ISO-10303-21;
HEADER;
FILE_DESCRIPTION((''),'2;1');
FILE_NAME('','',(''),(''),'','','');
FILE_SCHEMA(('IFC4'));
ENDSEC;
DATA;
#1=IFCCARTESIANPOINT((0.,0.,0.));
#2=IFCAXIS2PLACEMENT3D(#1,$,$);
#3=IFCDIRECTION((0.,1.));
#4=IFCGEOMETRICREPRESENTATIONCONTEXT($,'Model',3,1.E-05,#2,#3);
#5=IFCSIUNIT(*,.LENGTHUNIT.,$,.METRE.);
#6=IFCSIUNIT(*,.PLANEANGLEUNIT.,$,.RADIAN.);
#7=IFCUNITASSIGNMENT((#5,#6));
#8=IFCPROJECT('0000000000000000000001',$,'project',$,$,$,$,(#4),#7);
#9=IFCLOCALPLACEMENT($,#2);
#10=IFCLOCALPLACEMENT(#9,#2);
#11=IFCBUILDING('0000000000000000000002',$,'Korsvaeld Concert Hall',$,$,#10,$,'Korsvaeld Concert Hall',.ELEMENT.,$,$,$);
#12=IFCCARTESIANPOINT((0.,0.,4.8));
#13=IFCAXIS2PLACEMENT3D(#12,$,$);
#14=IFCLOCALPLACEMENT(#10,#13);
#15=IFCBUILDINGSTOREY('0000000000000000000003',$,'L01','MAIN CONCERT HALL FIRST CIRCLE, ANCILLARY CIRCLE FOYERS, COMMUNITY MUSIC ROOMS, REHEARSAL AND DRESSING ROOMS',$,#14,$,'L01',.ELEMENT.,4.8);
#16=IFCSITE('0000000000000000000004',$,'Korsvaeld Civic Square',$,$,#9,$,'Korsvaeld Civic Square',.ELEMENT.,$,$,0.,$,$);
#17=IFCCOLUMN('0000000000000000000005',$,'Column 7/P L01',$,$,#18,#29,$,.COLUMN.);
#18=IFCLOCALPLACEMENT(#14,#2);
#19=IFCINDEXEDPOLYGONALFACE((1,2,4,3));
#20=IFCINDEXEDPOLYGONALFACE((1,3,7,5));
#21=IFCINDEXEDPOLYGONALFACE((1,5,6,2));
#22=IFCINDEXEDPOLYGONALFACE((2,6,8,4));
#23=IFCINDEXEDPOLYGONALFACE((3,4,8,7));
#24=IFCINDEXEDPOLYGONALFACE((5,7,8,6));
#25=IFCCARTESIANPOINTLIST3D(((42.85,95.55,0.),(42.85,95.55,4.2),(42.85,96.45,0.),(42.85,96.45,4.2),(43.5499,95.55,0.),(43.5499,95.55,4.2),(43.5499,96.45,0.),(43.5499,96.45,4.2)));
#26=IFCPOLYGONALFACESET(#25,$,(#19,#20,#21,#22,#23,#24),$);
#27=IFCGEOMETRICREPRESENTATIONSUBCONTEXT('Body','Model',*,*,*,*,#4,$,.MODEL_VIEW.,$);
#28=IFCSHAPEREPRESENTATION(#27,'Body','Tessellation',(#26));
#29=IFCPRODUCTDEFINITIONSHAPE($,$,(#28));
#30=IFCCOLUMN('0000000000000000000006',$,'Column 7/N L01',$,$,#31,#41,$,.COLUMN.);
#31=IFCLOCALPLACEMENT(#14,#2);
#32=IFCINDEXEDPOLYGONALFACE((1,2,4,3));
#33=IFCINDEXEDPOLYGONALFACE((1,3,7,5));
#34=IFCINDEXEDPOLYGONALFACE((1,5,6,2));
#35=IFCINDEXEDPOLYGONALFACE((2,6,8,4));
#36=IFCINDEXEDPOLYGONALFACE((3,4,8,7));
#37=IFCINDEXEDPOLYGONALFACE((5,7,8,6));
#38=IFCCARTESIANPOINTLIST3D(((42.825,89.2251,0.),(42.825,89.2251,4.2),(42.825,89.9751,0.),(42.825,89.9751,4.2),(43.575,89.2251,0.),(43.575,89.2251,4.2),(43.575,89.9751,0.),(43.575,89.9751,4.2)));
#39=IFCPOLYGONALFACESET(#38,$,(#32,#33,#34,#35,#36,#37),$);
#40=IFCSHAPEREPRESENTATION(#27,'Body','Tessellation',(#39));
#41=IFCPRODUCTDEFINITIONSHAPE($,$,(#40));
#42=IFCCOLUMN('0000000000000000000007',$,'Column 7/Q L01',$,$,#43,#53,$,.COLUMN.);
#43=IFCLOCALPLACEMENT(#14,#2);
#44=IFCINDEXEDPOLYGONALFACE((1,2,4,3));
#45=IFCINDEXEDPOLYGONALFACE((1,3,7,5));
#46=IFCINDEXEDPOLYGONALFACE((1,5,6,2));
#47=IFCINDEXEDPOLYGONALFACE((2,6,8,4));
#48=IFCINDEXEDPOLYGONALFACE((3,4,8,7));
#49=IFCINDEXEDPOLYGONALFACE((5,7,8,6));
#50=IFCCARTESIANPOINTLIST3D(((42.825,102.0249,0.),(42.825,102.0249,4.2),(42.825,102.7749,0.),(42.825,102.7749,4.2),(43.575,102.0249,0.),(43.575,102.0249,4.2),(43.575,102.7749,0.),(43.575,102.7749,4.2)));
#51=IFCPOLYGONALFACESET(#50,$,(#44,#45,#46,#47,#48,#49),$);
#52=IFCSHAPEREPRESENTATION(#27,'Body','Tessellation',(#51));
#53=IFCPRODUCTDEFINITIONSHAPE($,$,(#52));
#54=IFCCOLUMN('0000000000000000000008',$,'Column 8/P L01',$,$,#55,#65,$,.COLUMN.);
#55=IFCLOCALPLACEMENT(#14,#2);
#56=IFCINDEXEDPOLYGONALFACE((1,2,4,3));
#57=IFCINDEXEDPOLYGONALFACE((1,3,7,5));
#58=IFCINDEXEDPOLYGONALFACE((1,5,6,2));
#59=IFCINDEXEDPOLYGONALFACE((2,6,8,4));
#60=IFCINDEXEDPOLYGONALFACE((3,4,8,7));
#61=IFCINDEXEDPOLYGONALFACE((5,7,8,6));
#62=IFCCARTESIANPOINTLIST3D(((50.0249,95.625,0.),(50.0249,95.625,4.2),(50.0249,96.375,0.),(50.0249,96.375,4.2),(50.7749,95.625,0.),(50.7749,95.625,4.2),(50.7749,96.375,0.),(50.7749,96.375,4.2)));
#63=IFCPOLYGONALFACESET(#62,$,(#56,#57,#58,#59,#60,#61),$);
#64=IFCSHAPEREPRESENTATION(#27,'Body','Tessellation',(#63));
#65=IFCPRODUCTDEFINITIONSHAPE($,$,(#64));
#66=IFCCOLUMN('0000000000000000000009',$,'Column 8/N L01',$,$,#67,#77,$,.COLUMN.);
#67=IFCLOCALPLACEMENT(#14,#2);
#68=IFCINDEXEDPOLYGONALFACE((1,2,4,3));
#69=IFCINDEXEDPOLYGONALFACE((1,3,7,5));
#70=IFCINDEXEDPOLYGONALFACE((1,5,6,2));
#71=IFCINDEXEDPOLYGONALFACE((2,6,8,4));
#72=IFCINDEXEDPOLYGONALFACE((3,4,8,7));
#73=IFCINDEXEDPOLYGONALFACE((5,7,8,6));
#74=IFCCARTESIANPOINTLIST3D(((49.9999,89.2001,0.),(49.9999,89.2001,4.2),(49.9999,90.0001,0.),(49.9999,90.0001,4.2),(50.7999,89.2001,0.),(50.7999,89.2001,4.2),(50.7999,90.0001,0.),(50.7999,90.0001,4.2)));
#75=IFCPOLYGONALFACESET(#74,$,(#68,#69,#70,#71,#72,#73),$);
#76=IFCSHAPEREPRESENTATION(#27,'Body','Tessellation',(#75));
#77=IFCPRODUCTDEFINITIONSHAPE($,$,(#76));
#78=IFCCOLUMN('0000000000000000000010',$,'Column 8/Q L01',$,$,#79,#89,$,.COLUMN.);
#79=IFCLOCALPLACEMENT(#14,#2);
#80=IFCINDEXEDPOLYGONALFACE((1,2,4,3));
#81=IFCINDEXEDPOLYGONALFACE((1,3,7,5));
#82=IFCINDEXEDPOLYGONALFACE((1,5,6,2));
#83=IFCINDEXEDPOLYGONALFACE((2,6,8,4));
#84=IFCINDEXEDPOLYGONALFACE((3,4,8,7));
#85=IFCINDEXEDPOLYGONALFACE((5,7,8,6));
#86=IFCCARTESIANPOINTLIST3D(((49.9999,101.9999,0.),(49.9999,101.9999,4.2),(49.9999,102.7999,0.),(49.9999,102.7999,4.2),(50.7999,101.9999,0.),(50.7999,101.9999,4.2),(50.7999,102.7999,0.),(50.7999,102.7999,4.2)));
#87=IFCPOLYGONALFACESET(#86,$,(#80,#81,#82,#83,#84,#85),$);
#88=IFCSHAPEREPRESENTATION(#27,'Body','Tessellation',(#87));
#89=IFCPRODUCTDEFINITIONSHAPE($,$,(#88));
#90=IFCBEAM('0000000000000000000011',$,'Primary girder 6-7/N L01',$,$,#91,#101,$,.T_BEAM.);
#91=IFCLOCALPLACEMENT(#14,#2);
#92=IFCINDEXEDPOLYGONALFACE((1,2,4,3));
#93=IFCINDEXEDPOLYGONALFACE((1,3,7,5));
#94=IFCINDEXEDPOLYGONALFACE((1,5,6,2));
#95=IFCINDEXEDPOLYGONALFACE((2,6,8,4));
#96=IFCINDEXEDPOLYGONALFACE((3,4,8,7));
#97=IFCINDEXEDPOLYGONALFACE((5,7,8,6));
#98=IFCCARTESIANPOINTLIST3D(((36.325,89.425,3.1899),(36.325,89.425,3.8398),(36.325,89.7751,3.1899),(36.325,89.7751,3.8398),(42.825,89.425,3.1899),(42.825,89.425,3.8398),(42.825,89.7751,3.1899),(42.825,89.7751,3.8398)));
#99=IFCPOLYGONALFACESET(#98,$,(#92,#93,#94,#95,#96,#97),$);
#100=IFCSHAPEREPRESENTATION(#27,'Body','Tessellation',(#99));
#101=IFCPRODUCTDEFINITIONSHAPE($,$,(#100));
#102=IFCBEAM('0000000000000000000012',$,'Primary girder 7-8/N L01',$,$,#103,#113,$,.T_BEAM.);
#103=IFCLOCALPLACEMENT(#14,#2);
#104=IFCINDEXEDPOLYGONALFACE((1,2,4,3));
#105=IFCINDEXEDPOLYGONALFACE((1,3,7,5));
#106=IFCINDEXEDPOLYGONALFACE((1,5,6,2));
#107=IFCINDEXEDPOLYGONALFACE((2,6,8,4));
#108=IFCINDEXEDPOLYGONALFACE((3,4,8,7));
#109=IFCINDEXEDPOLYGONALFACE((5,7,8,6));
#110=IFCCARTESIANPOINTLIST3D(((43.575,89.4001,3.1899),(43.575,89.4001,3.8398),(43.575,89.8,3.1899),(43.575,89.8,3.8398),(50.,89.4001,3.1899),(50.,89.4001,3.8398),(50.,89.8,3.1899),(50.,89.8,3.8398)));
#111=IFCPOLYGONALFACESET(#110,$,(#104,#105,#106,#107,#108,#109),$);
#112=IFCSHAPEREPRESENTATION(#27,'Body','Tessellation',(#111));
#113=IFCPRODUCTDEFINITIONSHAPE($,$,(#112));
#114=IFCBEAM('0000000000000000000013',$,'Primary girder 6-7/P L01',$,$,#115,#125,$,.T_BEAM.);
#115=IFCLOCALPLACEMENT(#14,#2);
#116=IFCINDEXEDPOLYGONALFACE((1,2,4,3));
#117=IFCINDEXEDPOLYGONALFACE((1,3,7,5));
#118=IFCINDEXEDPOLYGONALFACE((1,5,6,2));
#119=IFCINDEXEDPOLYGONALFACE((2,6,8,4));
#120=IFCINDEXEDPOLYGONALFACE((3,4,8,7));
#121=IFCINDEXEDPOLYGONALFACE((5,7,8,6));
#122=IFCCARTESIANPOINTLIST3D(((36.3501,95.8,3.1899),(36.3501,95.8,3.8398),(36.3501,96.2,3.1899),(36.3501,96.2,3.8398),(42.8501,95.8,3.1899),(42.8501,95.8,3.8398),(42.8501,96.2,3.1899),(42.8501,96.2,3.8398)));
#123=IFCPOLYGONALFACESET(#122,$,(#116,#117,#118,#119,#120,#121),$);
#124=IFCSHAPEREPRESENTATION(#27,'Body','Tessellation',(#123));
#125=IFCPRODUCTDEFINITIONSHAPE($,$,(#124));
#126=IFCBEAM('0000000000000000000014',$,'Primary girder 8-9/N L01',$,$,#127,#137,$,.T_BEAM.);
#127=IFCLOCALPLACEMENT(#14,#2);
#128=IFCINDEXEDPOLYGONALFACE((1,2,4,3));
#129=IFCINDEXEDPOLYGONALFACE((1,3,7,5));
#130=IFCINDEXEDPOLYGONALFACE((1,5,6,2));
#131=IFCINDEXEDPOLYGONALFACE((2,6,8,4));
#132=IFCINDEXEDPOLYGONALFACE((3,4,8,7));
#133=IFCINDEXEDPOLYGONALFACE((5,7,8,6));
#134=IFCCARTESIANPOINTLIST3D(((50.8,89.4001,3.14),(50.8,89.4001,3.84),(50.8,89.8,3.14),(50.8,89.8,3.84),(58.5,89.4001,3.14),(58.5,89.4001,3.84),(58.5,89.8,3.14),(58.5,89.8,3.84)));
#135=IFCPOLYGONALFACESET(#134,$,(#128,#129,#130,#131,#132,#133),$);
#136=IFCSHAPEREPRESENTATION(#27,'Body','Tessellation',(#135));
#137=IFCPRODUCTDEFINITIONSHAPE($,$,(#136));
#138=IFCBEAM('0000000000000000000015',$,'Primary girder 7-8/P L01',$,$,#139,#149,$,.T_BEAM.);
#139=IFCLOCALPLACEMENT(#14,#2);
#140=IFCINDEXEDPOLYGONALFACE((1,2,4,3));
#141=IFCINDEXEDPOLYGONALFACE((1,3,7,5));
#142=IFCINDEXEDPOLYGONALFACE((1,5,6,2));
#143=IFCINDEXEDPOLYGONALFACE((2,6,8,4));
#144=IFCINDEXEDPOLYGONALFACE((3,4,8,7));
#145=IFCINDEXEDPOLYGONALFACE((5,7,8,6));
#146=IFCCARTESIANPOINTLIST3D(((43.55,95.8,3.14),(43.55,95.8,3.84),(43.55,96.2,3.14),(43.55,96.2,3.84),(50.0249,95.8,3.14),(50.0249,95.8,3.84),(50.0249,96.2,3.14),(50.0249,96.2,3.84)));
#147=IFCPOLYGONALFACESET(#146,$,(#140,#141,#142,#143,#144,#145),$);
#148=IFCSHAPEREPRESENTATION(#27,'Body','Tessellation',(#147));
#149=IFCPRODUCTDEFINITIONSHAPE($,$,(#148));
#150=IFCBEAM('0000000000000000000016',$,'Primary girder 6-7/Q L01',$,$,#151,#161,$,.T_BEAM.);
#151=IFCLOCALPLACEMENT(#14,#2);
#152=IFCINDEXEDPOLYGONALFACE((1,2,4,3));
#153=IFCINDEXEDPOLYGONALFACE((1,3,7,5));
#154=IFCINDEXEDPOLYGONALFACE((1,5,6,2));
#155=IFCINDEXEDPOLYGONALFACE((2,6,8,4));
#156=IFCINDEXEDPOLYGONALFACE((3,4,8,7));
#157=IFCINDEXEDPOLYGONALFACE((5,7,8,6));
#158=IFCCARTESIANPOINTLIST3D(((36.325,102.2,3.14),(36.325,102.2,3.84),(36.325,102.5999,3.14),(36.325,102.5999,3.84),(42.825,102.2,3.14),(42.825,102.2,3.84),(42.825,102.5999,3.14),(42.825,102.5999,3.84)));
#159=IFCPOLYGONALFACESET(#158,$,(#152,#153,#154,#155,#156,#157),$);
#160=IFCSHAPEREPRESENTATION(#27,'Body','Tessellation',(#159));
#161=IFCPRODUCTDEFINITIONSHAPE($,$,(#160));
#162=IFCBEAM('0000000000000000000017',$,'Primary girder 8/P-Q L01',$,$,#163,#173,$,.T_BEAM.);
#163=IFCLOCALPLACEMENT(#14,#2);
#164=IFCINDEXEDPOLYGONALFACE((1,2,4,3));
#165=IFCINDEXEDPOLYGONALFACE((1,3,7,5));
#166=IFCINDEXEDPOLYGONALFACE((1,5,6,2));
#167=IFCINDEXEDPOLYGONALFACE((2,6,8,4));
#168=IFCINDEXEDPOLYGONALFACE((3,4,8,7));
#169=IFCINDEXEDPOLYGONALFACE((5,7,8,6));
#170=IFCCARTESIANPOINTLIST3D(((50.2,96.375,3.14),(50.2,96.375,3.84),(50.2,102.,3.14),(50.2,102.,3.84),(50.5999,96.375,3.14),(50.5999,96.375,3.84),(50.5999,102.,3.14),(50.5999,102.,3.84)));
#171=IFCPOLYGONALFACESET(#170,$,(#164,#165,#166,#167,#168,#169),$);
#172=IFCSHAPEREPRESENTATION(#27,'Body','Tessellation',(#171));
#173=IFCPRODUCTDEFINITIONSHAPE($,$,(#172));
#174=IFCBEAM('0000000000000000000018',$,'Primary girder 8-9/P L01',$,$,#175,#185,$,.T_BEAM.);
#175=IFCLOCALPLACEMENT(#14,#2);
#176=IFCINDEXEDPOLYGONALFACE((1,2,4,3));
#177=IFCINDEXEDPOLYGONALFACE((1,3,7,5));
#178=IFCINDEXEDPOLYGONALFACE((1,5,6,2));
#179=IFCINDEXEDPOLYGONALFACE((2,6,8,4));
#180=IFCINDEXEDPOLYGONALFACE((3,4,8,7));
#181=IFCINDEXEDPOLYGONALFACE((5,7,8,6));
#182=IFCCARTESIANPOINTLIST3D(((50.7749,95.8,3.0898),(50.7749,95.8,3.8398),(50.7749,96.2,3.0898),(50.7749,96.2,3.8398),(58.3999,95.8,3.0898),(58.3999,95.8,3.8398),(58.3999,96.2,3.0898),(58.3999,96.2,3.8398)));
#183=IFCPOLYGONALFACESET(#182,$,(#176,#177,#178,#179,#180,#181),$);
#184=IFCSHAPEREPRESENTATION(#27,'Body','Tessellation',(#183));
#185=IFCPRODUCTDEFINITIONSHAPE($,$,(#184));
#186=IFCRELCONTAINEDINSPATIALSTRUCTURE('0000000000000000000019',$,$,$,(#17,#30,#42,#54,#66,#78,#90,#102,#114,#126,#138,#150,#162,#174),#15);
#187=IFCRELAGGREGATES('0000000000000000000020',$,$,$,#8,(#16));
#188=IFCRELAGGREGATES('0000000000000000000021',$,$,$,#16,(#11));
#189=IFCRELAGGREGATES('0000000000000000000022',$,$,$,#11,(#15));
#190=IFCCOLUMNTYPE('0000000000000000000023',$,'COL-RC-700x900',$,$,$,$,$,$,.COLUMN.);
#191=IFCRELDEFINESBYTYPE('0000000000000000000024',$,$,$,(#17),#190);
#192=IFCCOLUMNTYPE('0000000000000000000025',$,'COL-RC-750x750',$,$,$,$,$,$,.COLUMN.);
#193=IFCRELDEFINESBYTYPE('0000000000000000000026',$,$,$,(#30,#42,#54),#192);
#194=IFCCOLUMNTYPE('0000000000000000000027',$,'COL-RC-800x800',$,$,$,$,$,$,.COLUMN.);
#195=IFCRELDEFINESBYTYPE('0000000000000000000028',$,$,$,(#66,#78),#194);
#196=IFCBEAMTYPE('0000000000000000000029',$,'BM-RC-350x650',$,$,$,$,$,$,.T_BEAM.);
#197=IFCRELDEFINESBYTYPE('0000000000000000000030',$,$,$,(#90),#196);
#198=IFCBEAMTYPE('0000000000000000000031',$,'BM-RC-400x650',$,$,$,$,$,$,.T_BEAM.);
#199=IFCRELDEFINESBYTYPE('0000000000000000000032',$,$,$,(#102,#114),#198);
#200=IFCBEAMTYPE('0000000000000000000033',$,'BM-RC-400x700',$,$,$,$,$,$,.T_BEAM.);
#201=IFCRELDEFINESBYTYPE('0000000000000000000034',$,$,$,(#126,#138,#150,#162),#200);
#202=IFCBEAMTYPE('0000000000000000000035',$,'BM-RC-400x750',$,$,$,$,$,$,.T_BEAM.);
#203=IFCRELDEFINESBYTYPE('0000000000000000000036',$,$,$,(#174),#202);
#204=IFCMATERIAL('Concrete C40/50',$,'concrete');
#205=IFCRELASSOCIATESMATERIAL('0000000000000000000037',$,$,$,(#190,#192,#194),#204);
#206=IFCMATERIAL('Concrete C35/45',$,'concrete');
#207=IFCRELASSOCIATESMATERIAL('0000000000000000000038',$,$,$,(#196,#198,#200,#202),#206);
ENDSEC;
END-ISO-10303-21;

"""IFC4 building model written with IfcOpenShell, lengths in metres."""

from ifc_helpers import new_model, si_unit, direction, frame, origin, origin_2d, place, context, subcontext, project, spatial, rectangle, extrude, material, material_profile, profile_set, type_object, element, save


model = new_model("IFC4")

# Units and contexts
model_context = context("Model", 3, precision=1e-05, world=origin(), true_north=direction((0.0, 1.0)))
body_context = subcontext(model_context, "Body", "Model", "MODEL_VIEW")
ifc_project = project(units=[si_unit("LENGTHUNIT", "METRE"), si_unit("PLANEANGLEUNIT", "RADIAN")], contexts=[model_context])

# Site, building, storey
site_placement = place(None, origin())
site = spatial("IfcSite", under=ifc_project, at=site_placement, Name="Korsvaeld Civic Square", LongName="Korsvaeld Civic Square", CompositionType="ELEMENT", RefElevation=0.0)
building_placement = place(site_placement, origin())
building = spatial("IfcBuilding", under=site, at=building_placement, Name="Korsvaeld Concert Hall", LongName="Korsvaeld Concert Hall", CompositionType="ELEMENT")
storey_placement = place(building_placement, frame((0.0, 0.0, 4.8)))
storey = spatial("IfcBuildingStorey", under=building, at=storey_placement, Name="L01", Description="MAIN CONCERT HALL FIRST CIRCLE, ANCILLARY CIRCLE FOYERS, COMMUNITY MUSIC ROOMS, REHEARSAL AND DRESSING ROOMS", LongName="L01", CompositionType="ELEMENT", Elevation=4.8)

# Columns
ifc_material_1 = material(Name="Concrete C40/50", Category="concrete")
ifc_material_profile_1 = material_profile(ifc_material_1, rectangle(XDim=0.7, YDim=0.8999, at=origin_2d()), Name="RC 700x900")
ifc_profile_set_1 = profile_set([ifc_material_profile_1], Name="Concrete C40/50")
column_type_1 = type_object("IfcColumnType", Name="COL-RC-700x900", PredefinedType="COLUMN", material=ifc_profile_set_1)
column_placement = place(storey_placement, frame((43.2, 96.0, 0.0), z_axis=(0.0, 0.0, 1.0), x_axis=(1.0, 0.0, 0.0)))
element("IfcColumn", 1, at=column_placement, inside=storey, type_object=column_type_1, Name="Column 7/P L01", PredefinedType="COLUMN", context=body_context, shape_type="SweptSolid", body=[
    extrude(rectangle(XDim=0.7, YDim=0.8999, at=origin_2d()), origin(), (0.0, 0.0, 1.0), 4.2),
])
ifc_material_profile_2 = material_profile(ifc_material_1, rectangle(XDim=0.75, YDim=0.75, at=origin_2d()), Name="RC 750x750")
ifc_profile_set_2 = profile_set([ifc_material_profile_2], Name="Concrete C40/50")
column_type_2 = type_object("IfcColumnType", Name="COL-RC-750x750", PredefinedType="COLUMN", material=ifc_profile_set_2)
for number, where, z_axis, x_axis, name in (
    (2, (43.2, 89.6001, 0.0), (0.0, 0.0, 1.0), (1.0, 0.0, 0.0), "Column 7/N L01"),
    (3, (43.2, 102.3999, 0.0), (0.0, 0.0, 1.0), (1.0, 0.0, 0.0), "Column 7/Q L01"),
    (4, (50.3999, 96.0, 0.0), (0.0, 0.0, 1.0), (1.0, 0.0, 0.0), "Column 8/P L01"),
):
    element("IfcColumn", number, at=place(storey_placement, frame(where, z_axis=z_axis, x_axis=x_axis)), inside=storey, type_object=column_type_2, Name=name, PredefinedType="COLUMN", context=body_context, shape_type="SweptSolid", body=[
        extrude(rectangle(XDim=0.75, YDim=0.75, at=origin_2d()), origin(), (0.0, 0.0, 1.0), 4.2),
    ])
ifc_material_profile_3 = material_profile(ifc_material_1, rectangle(XDim=0.8, YDim=0.8, at=origin_2d()), Name="RC 800x800")
ifc_profile_set_3 = profile_set([ifc_material_profile_3], Name="Concrete C40/50")
column_type_3 = type_object("IfcColumnType", Name="COL-RC-800x800", PredefinedType="COLUMN", material=ifc_profile_set_3)
for number, where, z_axis, x_axis, name in (
    (5, (50.3999, 89.6001, 0.0), (0.0, 0.0, 1.0), (1.0, 0.0, 0.0), "Column 8/N L01"),
    (6, (50.3999, 102.3999, 0.0), (0.0, 0.0, 1.0), (1.0, 0.0, 0.0), "Column 8/Q L01"),
):
    element("IfcColumn", number, at=place(storey_placement, frame(where, z_axis=z_axis, x_axis=x_axis)), inside=storey, type_object=column_type_3, Name=name, PredefinedType="COLUMN", context=body_context, shape_type="SweptSolid", body=[
        extrude(rectangle(XDim=0.8, YDim=0.8, at=origin_2d()), origin(), (0.0, 0.0, 1.0), 4.2),
    ])

# Beams
ifc_material_2 = material(Name="Concrete C35/45", Category="concrete")
ifc_material_profile_4 = material_profile(ifc_material_2, rectangle(XDim=0.3501, YDim=0.6499, at=origin_2d()), Name="RC 350x650")
ifc_profile_set_4 = profile_set([ifc_material_profile_4], Name="Concrete C35/45")
beam_type_1 = type_object("IfcBeamType", Name="BM-RC-350x650", PredefinedType="T_BEAM", material=ifc_profile_set_4)
beam_1_placement = place(storey_placement, frame((36.325, 89.6001, 3.5149), z_axis=(1.0, 0.0, 0.0), x_axis=(0.0, 1.0, 0.0)))
element("IfcBeam", 7, at=beam_1_placement, inside=storey, type_object=beam_type_1, Name="Primary girder 6-7/N L01", PredefinedType="T_BEAM", context=body_context, shape_type="SweptSolid", body=[
    extrude(rectangle(XDim=0.3501, YDim=0.6499, at=origin_2d()), origin(), (0.0, 0.0, 1.0), 6.5),
])
ifc_material_profile_5 = material_profile(ifc_material_2, rectangle(XDim=0.3999, YDim=0.6499, at=origin_2d()), Name="RC 400x650")
ifc_profile_set_5 = profile_set([ifc_material_profile_5], Name="Concrete C35/45")
beam_type_2 = type_object("IfcBeamType", Name="BM-RC-400x650", PredefinedType="T_BEAM", material=ifc_profile_set_5)
beam_2_placement = place(storey_placement, frame((43.575, 89.6001, 3.5149), z_axis=(1.0, 0.0, 0.0), x_axis=(0.0, 1.0, 0.0)))
element("IfcBeam", 8, at=beam_2_placement, inside=storey, type_object=beam_type_2, Name="Primary girder 7-8/N L01", PredefinedType="T_BEAM", context=body_context, shape_type="SweptSolid", body=[
    extrude(rectangle(XDim=0.3999, YDim=0.6499, at=origin_2d()), origin(), (0.0, 0.0, 1.0), 6.425),
])
beam_3_placement = place(storey_placement, frame((36.3501, 96.0, 3.5149), z_axis=(1.0, 0.0, 0.0), x_axis=(0.0, 1.0, 0.0)))
element("IfcBeam", 9, at=beam_3_placement, inside=storey, type_object=beam_type_2, Name="Primary girder 6-7/P L01", PredefinedType="T_BEAM", context=body_context, shape_type="SweptSolid", body=[
    extrude(rectangle(XDim=0.3999, YDim=0.6499, at=origin_2d()), origin(), (0.0, 0.0, 1.0), 6.5),
])
ifc_material_profile_6 = material_profile(ifc_material_2, rectangle(XDim=0.3999, YDim=0.7, at=origin_2d()), Name="RC 400x700")
ifc_profile_set_6 = profile_set([ifc_material_profile_6], Name="Concrete C35/45")
beam_type_3 = type_object("IfcBeamType", Name="BM-RC-400x700", PredefinedType="T_BEAM", material=ifc_profile_set_6)
beam_4_placement = place(storey_placement, frame((50.8, 89.6001, 3.49), z_axis=(1.0, 0.0, 0.0), x_axis=(0.0, 1.0, 0.0)))
element("IfcBeam", 10, at=beam_4_placement, inside=storey, type_object=beam_type_3, Name="Primary girder 8-9/N L01", PredefinedType="T_BEAM", context=body_context, shape_type="SweptSolid", body=[
    extrude(rectangle(XDim=0.3999, YDim=0.7, at=origin_2d()), origin(), (0.0, 0.0, 1.0), 7.7),
])
beam_5_placement = place(storey_placement, frame((43.55, 96.0, 3.49), z_axis=(1.0, 0.0, 0.0), x_axis=(0.0, 1.0, 0.0)))
element("IfcBeam", 11, at=beam_5_placement, inside=storey, type_object=beam_type_3, Name="Primary girder 7-8/P L01", PredefinedType="T_BEAM", context=body_context, shape_type="SweptSolid", body=[
    extrude(rectangle(XDim=0.3999, YDim=0.7, at=origin_2d()), origin(), (0.0, 0.0, 1.0), 6.4749),
])
beam_6_placement = place(storey_placement, frame((36.325, 102.3999, 3.49), z_axis=(1.0, 0.0, 0.0), x_axis=(0.0, 1.0, 0.0)))
element("IfcBeam", 12, at=beam_6_placement, inside=storey, type_object=beam_type_3, Name="Primary girder 6-7/Q L01", PredefinedType="T_BEAM", context=body_context, shape_type="SweptSolid", body=[
    extrude(rectangle(XDim=0.3999, YDim=0.7, at=origin_2d()), origin(), (0.0, 0.0, 1.0), 6.5),
])
beam_7_placement = place(storey_placement, frame((50.3999, 96.375, 3.49), z_axis=(0.0, 1.0, 0.0), x_axis=(-1.0, 0.0, 0.0)))
element("IfcBeam", 13, at=beam_7_placement, inside=storey, type_object=beam_type_3, Name="Primary girder 8/P-Q L01", PredefinedType="T_BEAM", context=body_context, shape_type="SweptSolid", body=[
    extrude(rectangle(XDim=0.3999, YDim=0.7, at=origin_2d()), origin(), (0.0, 0.0, 1.0), 5.625),
])
ifc_material_profile_7 = material_profile(ifc_material_2, rectangle(XDim=0.3999, YDim=0.75, at=origin_2d()), Name="RC 400x750")
ifc_profile_set_7 = profile_set([ifc_material_profile_7], Name="Concrete C35/45")
beam_type_4 = type_object("IfcBeamType", Name="BM-RC-400x750", PredefinedType="T_BEAM", material=ifc_profile_set_7)
beam_8_placement = place(storey_placement, frame((50.7749, 96.0, 3.4648), z_axis=(1.0, 0.0, 0.0), x_axis=(0.0, 1.0, 0.0)))
element("IfcBeam", 14, at=beam_8_placement, inside=storey, type_object=beam_type_4, Name="Primary girder 8-9/P L01", PredefinedType="T_BEAM", context=body_context, shape_type="SweptSolid", body=[
    extrude(rectangle(XDim=0.3999, YDim=0.75, at=origin_2d()), origin(), (0.0, 0.0, 1.0), 7.625),
])

save(model, "model.ifc")
